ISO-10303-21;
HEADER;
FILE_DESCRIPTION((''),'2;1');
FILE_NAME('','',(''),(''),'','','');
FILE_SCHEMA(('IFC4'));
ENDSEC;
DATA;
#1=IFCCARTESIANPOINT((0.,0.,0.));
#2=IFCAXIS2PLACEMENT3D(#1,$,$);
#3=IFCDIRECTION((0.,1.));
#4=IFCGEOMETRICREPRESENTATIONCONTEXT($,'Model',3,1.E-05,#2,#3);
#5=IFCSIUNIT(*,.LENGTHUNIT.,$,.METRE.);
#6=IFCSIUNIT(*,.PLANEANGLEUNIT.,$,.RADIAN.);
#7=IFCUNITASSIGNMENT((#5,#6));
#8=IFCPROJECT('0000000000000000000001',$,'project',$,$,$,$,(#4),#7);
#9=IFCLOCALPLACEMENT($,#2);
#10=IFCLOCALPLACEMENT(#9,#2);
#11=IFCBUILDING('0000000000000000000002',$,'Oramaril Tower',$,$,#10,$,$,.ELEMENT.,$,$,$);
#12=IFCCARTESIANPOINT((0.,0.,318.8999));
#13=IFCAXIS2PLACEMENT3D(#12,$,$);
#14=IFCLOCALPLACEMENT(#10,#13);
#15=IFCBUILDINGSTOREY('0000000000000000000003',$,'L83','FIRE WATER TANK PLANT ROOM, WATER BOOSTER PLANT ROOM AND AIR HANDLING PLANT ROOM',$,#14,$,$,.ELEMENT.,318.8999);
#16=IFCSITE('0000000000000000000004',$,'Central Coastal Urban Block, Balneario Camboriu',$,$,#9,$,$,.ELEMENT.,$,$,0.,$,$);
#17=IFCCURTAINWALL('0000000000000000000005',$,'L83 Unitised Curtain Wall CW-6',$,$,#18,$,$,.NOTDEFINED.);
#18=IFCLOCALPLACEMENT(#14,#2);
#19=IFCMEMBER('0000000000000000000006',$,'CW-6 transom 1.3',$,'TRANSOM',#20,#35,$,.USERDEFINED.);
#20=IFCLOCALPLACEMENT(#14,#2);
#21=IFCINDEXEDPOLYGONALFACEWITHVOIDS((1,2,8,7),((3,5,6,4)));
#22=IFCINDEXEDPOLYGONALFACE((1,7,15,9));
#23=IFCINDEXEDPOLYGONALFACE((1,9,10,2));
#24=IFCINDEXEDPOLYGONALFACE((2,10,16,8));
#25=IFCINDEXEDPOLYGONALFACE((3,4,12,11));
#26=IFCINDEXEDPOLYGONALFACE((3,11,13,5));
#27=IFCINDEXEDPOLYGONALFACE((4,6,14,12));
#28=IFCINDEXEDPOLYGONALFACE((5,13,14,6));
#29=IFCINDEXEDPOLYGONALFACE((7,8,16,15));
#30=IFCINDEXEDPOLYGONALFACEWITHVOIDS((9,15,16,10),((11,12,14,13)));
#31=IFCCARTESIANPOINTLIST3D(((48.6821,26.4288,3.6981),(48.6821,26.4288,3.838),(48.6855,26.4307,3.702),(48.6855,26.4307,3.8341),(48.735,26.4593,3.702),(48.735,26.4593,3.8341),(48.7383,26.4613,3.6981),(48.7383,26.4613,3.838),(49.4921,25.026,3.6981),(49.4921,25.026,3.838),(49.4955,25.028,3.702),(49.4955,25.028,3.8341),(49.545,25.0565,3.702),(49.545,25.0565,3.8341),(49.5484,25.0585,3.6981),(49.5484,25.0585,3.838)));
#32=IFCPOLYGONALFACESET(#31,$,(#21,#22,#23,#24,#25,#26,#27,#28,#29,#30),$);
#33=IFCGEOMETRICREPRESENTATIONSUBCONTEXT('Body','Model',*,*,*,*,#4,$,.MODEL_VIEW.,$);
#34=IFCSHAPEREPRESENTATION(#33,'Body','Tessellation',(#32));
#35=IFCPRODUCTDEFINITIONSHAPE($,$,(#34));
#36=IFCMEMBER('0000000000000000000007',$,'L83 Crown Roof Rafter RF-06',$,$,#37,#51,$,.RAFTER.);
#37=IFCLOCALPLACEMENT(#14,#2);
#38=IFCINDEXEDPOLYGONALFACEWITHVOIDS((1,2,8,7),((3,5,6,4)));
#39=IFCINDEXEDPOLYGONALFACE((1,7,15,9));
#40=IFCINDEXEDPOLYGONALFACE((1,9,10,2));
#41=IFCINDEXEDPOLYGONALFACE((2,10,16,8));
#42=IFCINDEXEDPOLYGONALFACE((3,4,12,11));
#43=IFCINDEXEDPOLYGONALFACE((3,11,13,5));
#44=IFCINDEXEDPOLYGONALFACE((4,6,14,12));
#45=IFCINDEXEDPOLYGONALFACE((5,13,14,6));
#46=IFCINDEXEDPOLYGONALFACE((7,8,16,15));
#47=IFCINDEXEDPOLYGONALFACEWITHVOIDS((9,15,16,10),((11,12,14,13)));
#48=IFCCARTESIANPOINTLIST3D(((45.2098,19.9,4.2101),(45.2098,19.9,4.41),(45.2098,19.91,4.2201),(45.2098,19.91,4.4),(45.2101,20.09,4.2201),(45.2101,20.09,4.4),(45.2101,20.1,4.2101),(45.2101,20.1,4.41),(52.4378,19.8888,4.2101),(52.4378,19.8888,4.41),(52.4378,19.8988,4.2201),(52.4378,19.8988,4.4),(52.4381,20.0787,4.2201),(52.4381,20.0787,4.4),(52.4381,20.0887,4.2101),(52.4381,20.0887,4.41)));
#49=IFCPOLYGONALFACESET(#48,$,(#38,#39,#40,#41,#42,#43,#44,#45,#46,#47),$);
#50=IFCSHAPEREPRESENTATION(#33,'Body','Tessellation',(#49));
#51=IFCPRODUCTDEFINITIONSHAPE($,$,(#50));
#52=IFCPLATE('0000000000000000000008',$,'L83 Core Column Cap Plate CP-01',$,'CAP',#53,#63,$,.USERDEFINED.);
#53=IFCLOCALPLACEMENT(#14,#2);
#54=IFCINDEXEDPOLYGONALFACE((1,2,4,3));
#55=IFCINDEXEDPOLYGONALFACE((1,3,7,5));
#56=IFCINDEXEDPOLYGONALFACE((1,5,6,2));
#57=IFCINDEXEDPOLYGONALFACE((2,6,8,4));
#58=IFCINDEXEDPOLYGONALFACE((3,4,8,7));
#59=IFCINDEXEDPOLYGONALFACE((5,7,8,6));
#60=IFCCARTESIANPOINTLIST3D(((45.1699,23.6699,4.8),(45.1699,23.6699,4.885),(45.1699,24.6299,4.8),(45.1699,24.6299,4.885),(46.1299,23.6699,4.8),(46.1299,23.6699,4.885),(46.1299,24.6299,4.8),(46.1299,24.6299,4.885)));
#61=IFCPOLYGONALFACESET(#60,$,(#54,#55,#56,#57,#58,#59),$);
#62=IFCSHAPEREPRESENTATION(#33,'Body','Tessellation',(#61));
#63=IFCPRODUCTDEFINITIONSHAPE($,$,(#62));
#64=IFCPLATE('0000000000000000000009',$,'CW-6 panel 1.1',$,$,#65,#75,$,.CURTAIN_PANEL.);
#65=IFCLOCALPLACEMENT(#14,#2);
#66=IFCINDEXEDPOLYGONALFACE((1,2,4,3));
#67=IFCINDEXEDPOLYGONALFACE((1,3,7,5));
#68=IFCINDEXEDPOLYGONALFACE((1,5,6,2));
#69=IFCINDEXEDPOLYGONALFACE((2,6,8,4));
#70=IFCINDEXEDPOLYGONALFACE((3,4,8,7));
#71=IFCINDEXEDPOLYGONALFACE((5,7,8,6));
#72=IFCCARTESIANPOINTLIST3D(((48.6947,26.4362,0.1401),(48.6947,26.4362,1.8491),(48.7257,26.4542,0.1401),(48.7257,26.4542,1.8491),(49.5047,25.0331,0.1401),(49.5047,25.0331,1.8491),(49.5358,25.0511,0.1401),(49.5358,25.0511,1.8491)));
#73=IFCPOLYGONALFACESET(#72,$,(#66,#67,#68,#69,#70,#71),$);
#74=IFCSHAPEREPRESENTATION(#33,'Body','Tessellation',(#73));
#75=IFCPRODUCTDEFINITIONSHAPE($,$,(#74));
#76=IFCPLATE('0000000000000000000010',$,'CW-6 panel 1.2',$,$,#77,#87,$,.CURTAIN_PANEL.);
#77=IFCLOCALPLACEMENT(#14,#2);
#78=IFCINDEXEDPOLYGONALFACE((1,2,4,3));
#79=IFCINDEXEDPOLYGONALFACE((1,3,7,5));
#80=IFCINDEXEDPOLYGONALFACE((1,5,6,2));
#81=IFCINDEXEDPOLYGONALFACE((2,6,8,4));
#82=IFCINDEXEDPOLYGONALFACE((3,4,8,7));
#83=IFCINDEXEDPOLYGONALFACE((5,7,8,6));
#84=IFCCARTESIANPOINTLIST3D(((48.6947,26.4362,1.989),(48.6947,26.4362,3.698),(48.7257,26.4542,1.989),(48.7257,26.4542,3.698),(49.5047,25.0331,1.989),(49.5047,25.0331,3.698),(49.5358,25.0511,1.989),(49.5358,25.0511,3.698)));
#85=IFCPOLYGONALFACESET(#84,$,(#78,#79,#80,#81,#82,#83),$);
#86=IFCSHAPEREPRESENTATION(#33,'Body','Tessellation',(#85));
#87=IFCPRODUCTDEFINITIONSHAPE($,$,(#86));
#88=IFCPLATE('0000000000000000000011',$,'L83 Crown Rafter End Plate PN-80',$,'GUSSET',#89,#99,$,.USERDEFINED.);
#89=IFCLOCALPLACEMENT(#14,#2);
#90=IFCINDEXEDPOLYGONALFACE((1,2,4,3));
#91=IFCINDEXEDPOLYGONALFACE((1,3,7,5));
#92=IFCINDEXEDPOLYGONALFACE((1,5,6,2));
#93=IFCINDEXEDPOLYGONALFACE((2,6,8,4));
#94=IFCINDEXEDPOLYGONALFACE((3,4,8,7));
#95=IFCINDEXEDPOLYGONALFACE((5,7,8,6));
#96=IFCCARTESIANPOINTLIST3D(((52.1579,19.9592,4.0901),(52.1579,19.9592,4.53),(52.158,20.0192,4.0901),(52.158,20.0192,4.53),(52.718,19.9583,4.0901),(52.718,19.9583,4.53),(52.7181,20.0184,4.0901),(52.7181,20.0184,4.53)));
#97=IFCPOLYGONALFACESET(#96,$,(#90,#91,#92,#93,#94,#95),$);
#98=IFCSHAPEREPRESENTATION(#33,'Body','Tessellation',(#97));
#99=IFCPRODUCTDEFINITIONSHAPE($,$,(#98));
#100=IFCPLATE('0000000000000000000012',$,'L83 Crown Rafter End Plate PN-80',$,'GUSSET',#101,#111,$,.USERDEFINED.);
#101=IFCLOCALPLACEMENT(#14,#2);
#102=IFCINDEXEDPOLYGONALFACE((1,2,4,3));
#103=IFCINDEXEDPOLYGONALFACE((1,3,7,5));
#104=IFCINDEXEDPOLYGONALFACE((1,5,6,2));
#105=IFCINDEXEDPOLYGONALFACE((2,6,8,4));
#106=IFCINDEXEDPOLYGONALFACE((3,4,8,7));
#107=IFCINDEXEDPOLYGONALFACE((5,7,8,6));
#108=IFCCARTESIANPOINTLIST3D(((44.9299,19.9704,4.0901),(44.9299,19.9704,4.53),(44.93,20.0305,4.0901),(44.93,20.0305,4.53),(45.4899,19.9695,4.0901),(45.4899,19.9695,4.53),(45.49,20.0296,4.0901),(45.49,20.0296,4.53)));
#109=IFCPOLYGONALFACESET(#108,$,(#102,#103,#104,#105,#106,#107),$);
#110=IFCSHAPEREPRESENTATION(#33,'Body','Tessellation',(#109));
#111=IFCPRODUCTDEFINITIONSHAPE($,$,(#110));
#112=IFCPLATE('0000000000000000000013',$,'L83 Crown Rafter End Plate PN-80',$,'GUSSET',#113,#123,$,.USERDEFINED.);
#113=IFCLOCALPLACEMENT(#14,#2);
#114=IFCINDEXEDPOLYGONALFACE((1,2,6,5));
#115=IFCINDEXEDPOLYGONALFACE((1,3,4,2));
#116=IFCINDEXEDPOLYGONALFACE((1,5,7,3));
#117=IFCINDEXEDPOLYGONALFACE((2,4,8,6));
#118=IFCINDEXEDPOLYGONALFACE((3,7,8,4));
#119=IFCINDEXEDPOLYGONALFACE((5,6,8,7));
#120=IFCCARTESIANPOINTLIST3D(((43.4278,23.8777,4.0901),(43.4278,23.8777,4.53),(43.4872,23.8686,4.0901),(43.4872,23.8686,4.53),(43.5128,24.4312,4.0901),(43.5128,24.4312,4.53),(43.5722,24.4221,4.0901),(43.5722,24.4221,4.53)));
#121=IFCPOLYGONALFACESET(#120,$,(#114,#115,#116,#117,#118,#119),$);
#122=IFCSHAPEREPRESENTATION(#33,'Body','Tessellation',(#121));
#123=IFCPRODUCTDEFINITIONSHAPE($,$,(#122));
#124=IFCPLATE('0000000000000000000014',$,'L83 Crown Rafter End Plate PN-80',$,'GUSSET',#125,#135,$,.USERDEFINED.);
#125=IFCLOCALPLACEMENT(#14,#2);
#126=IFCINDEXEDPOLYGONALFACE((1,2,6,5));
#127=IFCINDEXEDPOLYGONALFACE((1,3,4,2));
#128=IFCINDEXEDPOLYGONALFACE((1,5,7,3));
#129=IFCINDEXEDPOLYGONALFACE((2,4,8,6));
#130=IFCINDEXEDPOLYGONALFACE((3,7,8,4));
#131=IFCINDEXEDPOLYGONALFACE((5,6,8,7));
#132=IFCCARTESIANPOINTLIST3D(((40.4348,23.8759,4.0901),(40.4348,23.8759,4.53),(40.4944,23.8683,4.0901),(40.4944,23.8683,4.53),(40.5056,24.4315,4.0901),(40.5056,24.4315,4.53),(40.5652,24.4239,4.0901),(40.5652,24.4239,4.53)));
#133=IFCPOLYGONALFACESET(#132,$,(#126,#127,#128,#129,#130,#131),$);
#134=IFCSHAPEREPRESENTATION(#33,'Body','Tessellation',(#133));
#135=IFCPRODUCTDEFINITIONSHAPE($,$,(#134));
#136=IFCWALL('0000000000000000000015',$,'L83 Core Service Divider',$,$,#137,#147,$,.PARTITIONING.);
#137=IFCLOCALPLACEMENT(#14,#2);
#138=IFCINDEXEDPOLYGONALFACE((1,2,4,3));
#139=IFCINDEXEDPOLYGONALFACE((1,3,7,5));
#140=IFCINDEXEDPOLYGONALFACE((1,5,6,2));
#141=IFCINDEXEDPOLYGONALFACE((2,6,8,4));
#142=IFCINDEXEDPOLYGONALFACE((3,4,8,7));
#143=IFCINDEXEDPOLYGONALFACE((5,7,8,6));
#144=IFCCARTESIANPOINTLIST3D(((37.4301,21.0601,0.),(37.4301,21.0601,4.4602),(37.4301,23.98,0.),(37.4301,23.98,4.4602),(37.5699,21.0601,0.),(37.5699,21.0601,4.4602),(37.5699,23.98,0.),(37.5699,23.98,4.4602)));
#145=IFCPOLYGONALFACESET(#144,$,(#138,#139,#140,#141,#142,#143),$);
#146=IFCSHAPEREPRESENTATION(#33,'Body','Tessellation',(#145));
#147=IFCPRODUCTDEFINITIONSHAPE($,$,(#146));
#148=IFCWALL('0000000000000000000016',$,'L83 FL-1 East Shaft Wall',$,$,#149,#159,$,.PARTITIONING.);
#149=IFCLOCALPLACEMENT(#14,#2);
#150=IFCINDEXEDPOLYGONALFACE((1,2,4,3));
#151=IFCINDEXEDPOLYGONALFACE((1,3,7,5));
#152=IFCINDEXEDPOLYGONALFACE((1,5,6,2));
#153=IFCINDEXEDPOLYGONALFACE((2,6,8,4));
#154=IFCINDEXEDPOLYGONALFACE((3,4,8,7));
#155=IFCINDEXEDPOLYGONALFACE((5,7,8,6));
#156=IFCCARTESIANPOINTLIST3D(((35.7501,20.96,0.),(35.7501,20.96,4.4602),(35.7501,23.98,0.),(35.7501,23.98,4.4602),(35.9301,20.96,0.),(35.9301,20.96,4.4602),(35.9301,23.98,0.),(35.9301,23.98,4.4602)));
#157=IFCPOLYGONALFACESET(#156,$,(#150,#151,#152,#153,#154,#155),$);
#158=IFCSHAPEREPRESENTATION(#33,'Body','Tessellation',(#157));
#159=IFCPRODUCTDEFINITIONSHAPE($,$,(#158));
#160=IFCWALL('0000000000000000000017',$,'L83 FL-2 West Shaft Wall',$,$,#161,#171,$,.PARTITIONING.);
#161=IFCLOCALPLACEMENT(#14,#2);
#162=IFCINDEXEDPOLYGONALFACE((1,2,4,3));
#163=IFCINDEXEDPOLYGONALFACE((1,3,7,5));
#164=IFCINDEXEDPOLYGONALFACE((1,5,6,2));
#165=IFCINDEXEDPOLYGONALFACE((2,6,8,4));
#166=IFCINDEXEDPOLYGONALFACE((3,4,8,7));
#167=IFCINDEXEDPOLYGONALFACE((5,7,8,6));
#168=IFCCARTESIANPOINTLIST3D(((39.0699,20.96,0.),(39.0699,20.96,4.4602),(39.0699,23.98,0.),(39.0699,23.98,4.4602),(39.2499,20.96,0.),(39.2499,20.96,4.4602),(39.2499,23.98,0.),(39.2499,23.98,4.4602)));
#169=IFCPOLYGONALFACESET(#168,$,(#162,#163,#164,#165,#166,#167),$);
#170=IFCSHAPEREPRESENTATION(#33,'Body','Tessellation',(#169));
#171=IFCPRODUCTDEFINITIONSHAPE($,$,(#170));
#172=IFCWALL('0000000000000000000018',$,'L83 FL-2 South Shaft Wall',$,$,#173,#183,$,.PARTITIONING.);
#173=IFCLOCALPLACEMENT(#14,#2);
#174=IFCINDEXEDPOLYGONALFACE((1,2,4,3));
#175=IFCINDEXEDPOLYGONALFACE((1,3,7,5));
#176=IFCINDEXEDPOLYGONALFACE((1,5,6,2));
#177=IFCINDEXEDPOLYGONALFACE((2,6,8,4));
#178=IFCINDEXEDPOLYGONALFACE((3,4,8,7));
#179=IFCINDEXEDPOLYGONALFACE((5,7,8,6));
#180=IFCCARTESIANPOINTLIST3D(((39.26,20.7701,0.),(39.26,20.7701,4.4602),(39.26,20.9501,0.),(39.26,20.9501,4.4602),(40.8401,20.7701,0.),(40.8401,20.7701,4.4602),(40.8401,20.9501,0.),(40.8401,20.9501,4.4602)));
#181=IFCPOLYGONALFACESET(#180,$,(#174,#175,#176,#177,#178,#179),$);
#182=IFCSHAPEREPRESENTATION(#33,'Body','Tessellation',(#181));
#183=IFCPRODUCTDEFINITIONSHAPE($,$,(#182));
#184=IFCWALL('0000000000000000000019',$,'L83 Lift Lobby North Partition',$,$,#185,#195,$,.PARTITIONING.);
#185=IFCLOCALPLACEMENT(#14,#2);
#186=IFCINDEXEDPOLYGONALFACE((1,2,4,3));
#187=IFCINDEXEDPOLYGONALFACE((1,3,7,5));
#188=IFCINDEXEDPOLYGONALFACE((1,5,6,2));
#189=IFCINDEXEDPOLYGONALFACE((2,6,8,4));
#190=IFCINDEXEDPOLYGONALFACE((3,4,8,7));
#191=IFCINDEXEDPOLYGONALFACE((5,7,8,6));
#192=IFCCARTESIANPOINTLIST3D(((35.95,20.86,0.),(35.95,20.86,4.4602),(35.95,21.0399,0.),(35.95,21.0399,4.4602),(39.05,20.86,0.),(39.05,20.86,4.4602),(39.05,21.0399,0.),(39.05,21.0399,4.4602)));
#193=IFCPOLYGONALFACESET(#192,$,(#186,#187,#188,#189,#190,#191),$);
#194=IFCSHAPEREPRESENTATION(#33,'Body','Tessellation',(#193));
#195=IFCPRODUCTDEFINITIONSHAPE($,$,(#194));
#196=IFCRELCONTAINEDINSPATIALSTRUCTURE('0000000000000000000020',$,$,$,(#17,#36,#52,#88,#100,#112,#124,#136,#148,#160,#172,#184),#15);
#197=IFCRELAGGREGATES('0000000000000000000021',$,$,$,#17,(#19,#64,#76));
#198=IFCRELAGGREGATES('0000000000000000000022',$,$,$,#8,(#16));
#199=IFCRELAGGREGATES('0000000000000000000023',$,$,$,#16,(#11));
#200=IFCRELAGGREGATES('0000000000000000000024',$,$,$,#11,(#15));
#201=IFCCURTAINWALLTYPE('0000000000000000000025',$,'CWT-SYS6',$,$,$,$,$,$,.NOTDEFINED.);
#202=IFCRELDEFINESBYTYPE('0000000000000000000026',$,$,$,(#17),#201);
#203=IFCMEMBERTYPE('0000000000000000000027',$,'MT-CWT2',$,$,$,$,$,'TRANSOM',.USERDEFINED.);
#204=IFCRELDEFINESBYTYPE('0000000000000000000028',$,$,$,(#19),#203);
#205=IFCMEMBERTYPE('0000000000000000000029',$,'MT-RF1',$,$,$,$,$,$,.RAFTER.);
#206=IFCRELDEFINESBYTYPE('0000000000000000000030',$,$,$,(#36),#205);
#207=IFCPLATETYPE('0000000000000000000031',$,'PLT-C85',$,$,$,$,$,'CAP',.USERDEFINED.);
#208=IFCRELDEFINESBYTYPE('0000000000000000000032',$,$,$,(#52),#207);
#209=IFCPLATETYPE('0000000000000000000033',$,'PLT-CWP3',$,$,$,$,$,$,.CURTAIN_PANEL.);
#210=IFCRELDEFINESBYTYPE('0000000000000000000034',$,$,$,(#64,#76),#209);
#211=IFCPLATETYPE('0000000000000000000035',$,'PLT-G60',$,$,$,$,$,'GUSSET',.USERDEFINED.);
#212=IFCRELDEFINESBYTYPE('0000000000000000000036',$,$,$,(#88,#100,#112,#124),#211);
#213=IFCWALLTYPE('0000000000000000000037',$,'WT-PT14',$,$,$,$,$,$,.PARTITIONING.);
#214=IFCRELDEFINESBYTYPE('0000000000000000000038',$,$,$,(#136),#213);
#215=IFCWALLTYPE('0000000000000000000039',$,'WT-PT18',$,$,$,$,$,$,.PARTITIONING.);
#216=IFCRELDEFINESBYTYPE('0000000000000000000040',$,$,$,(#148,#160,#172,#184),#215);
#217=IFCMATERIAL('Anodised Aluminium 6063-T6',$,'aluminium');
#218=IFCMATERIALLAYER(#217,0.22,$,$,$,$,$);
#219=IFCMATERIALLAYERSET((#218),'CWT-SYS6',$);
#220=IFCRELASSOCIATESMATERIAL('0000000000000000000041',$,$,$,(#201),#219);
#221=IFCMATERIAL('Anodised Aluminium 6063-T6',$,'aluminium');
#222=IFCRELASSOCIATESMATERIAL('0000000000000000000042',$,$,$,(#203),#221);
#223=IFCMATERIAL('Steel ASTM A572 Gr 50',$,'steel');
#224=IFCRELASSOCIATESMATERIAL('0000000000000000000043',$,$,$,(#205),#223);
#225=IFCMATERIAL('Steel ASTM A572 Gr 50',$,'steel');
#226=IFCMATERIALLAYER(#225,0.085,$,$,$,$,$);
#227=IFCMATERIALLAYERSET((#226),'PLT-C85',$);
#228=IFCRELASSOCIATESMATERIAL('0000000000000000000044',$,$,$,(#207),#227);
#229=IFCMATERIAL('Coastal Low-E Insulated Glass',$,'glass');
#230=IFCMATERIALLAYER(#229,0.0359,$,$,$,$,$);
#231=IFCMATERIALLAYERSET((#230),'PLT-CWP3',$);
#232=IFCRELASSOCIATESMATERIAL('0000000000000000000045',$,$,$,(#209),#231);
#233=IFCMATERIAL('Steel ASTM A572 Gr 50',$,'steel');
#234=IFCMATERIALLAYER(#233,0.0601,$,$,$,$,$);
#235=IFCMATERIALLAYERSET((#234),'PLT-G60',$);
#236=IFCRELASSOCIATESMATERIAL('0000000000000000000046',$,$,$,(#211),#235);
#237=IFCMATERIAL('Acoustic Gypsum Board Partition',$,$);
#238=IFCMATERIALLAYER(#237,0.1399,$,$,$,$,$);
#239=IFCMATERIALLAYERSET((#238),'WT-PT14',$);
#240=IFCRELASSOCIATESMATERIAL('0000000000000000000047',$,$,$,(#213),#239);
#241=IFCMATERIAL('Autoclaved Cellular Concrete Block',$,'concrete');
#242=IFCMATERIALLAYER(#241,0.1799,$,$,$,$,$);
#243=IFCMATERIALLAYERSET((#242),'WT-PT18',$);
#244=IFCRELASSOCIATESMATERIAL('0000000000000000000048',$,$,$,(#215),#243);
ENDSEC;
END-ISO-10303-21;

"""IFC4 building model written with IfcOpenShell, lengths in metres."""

from ifc_helpers import new_model, si_unit, direction, frame, frame_2d, origin, origin_2d, place, context, subcontext, project, spatial, rectangle, hollow_rectangle, extrude, material, layer, layer_set, material_profile, profile_set, type_object, element, aggregate, save


model = new_model("IFC4")

# Units and contexts
model_context = context("Model", 3, precision=1e-05, world=origin(), true_north=direction((0.0, 1.0)))
body_context = subcontext(model_context, "Body", "Model", "MODEL_VIEW")
ifc_project = project(units=[si_unit("LENGTHUNIT", "METRE"), si_unit("PLANEANGLEUNIT", "RADIAN")], contexts=[model_context])

# Site, building, storey
site_placement = place(None, origin())
site = spatial("IfcSite", under=ifc_project, at=site_placement, Name="Central Coastal Urban Block, Balneario Camboriu", CompositionType="ELEMENT", RefElevation=0.0)
building_placement = place(site_placement, origin())
building = spatial("IfcBuilding", under=site, at=building_placement, Name="Oramaril Tower", CompositionType="ELEMENT")
storey_placement = place(building_placement, frame((0.0, 0.0, 318.8999)))
storey = spatial("IfcBuildingStorey", under=building, at=storey_placement, Name="L83", Description="FIRE WATER TANK PLANT ROOM, WATER BOOSTER PLANT ROOM AND AIR HANDLING PLANT ROOM", CompositionType="ELEMENT", Elevation=318.8999)

# Curtain wall, member
ifc_material_1 = material(Name="Anodised Aluminium 6063-T6", Category="aluminium")
ifc_layer_1 = layer(ifc_material_1, 0.22)
ifc_layer_set_1 = layer_set([ifc_layer_1], Name="CWT-SYS6")
curtain_wall_type = type_object("IfcCurtainWallType", Name="CWT-SYS6", PredefinedType="NOTDEFINED", material=ifc_layer_set_1)
curtain_wall_placement = place(storey_placement, origin())
curtain_wall = element("IfcCurtainWall", 1, at=curtain_wall_placement, inside=storey, type_object=curtain_wall_type, Name="L83 Unitised Curtain Wall CW-6", PredefinedType="NOTDEFINED")
ifc_material_2 = material(Name="Anodised Aluminium 6063-T6", Category="aluminium")
ifc_material_profile_1 = material_profile(ifc_material_2, hollow_rectangle(XDim=0.0649, YDim=0.1399, WallThickness=0.0039, at=origin_2d()), Name="CWT140X65")
ifc_profile_set_1 = profile_set([ifc_material_profile_1], Name="Anodised Aluminium 6063-T6")
member_type_1 = type_object("IfcMemberType", Name="MT-CWT2", ElementType="TRANSOM", PredefinedType="USERDEFINED", material=ifc_profile_set_1)
member_1_placement = place(storey_placement, frame((49.5203, 25.0422, 3.7681), z_axis=(-0.500062, 0.86599, 0.0), x_axis=(-0.86599, -0.500062, 0.0)))
member_1 = element("IfcMember", 2, at=member_1_placement, type_object=member_type_1, Name="CW-6 transom 1.3", ObjectType="TRANSOM", PredefinedType="USERDEFINED", context=body_context, shape_type="SweptSolid", body=[
    extrude(hollow_rectangle(XDim=0.0649, YDim=0.1399, WallThickness=0.0039, at=origin_2d()), origin(), (0.0, 0.0, 1.0), 1.6199),
])

# Member
ifc_material_3 = material(Name="Steel ASTM A572 Gr 50", Category="steel")
ifc_material_profile_2 = material_profile(ifc_material_3, hollow_rectangle(XDim=0.2, YDim=0.2, WallThickness=0.01, at=origin_2d()), Name="HSS200X200X10")
ifc_profile_set_2 = profile_set([ifc_material_profile_2], Name="Steel ASTM A572 Gr 50")
member_type_2 = type_object("IfcMemberType", Name="MT-RF1", PredefinedType="RAFTER", material=ifc_profile_set_2)
member_2_placement = place(storey_placement, frame((52.438, 19.9888, 4.3101), z_axis=(-0.999999, 0.001554, 0.0), x_axis=(-0.001554, -0.999999, 0.0)))
element("IfcMember", 3, at=member_2_placement, inside=storey, type_object=member_type_2, Name="L83 Crown Roof Rafter RF-06", PredefinedType="RAFTER", context=body_context, shape_type="SweptSolid", body=[
    extrude(hollow_rectangle(XDim=0.2, YDim=0.2, WallThickness=0.01, at=origin_2d()), origin(), (0.0, 0.0, 1.0), 7.228),
])

# Plates
ifc_material_4 = material(Name="Steel ASTM A572 Gr 50", Category="steel")
ifc_layer_2 = layer(ifc_material_4, 0.085)
ifc_layer_set_2 = layer_set([ifc_layer_2], Name="PLT-C85")
plate_type_1 = type_object("IfcPlateType", Name="PLT-C85", ElementType="CAP", PredefinedType="USERDEFINED", material=ifc_layer_set_2)
plate_1_placement = place(storey_placement, frame((45.6499, 24.1499, 4.8), z_axis=(0.0, 0.0, 1.0), x_axis=(1.0, 0.0, 0.0)))
element("IfcPlate", 4, at=plate_1_placement, inside=storey, type_object=plate_type_1, Name="L83 Core Column Cap Plate CP-01", ObjectType="CAP", PredefinedType="USERDEFINED", context=body_context, shape_type="SweptSolid", body=[
    extrude(rectangle(XDim=0.96, YDim=0.96, at=origin_2d()), origin(), (0.0, 0.0, 1.0), 0.085),
])
ifc_material_5 = material(Name="Coastal Low-E Insulated Glass", Category="glass")
ifc_layer_3 = layer(ifc_material_5, 0.0359)
ifc_layer_set_3 = layer_set([ifc_layer_3], Name="PLT-CWP3")
plate_type_2 = type_object("IfcPlateType", Name="PLT-CWP3", PredefinedType="CURTAIN_PANEL", material=ifc_layer_set_3)
plate_2_placement = place(storey_placement, frame((49.1152, 25.7437, 0.1401), z_axis=(0.0, 0.0, 1.0), x_axis=(-0.5, 0.866025, 0.0)))
plate_2 = element("IfcPlate", 5, at=plate_2_placement, type_object=plate_type_2, Name="CW-6 panel 1.1", PredefinedType="CURTAIN_PANEL", context=body_context, shape_type="SweptSolid", body=[
    extrude(rectangle(XDim=1.6201, YDim=0.0359, at=origin_2d()), origin(), (0.0, 0.0, 1.0), 1.709),
])
plate_3_placement = place(storey_placement, frame((49.1152, 25.7437, 1.989), z_axis=(0.0, 0.0, 1.0), x_axis=(-0.5, 0.866025, 0.0)))
plate_3 = element("IfcPlate", 6, at=plate_3_placement, type_object=plate_type_2, Name="CW-6 panel 1.2", PredefinedType="CURTAIN_PANEL", context=body_context, shape_type="SweptSolid", body=[
    extrude(rectangle(XDim=1.6201, YDim=0.0359, at=origin_2d()), origin(), (0.0, 0.0, 1.0), 1.709),
])
aggregate(curtain_wall, [member_1, plate_2, plate_3])

# Plates
ifc_material_6 = material(Name="Steel ASTM A572 Gr 50", Category="steel")
ifc_layer_4 = layer(ifc_material_6, 0.0601)
ifc_layer_set_4 = layer_set([ifc_layer_4], Name="PLT-G60")
plate_type_3 = type_object("IfcPlateType", Name="PLT-G60", ElementType="GUSSET", PredefinedType="USERDEFINED", material=ifc_layer_set_4)
for number, where, z_axis, x_axis, name in (
    (7, (52.438, 19.9888, 4.0901), (0.0, 0.0, 1.0), (-0.999999, 0.001564, 0.0), "L83 Crown Rafter End Plate PN-80"),
    (8, (45.21, 20.0, 4.0901), (0.0, 0.0, 1.0), (-0.999999, 0.001564, 0.0), "L83 Crown Rafter End Plate PN-80"),
    (9, (43.5, 24.1499, 4.0901), (0.0, 0.0, 1.0), (-0.151708, -0.988425, 0.0), "L83 Crown Rafter End Plate PN-80"),
    (10, (40.5, 24.1499, 4.0901), (0.0, 0.0, 1.0), (-0.126455, -0.991972, 0.0), "L83 Crown Rafter End Plate PN-80"),
):
    element("IfcPlate", number, at=place(storey_placement, frame(where, z_axis=z_axis, x_axis=x_axis)), inside=storey, type_object=plate_type_3, Name=name, ObjectType="GUSSET", PredefinedType="USERDEFINED", context=body_context, shape_type="SweptSolid", body=[
        extrude(rectangle(XDim=0.5601, YDim=0.0601, at=origin_2d()), origin(), (0.0, 0.0, 1.0), 0.4399),
    ])

# Walls
ifc_material_7 = material(Name="Acoustic Gypsum Board Partition")
ifc_layer_5 = layer(ifc_material_7, 0.1399)
ifc_layer_set_5 = layer_set([ifc_layer_5], Name="WT-PT14")
wall_type_1 = type_object("IfcWallType", Name="WT-PT14", PredefinedType="PARTITIONING", material=ifc_layer_set_5)
wall_1_placement = place(storey_placement, frame((37.5, 21.0601, 0.0), z_axis=(0.0, 0.0, 1.0), x_axis=(0.0, 1.0, 0.0)))
element("IfcWall", 11, at=wall_1_placement, inside=storey, type_object=wall_type_1, Name="L83 Core Service Divider", PredefinedType="PARTITIONING", context=body_context, shape_type="SweptSolid", body=[
    extrude(rectangle(XDim=2.9199, YDim=0.1399, at=frame_2d((1.46, 0.0))), origin(), (0.0, 0.0, 1.0), 4.4602),
])
ifc_material_8 = material(Name="Autoclaved Cellular Concrete Block", Category="concrete")
ifc_layer_6 = layer(ifc_material_8, 0.1799)
ifc_layer_set_6 = layer_set([ifc_layer_6], Name="WT-PT18")
wall_type_2 = type_object("IfcWallType", Name="WT-PT18", PredefinedType="PARTITIONING", material=ifc_layer_set_6)
for number, where, z_axis, x_axis, name in (
    (12, (35.8401, 20.96, 0.0), (0.0, 0.0, 1.0), (0.0, 1.0, 0.0), "L83 FL-1 East Shaft Wall"),
    (13, (39.1599, 20.96, 0.0), (0.0, 0.0, 1.0), (0.0, 1.0, 0.0), "L83 FL-2 West Shaft Wall"),
):
    element("IfcWall", number, at=place(storey_placement, frame(where, z_axis=z_axis, x_axis=x_axis)), inside=storey, type_object=wall_type_2, Name=name, PredefinedType="PARTITIONING", context=body_context, shape_type="SweptSolid", body=[
        extrude(rectangle(XDim=3.02, YDim=0.1799, at=frame_2d((1.51, 0.0))), origin(), (0.0, 0.0, 1.0), 4.4602),
    ])
wall_2_placement = place(storey_placement, frame((39.26, 20.8601, 0.0), z_axis=(0.0, 0.0, 1.0), x_axis=(1.0, 0.0, 0.0)))
element("IfcWall", 14, at=wall_2_placement, inside=storey, type_object=wall_type_2, Name="L83 FL-2 South Shaft Wall", PredefinedType="PARTITIONING", context=body_context, shape_type="SweptSolid", body=[
    extrude(rectangle(XDim=1.5801, YDim=0.1799, at=frame_2d((0.79, 0.0))), origin(), (0.0, 0.0, 1.0), 4.4602),
])
wall_3_placement = place(storey_placement, frame((35.95, 20.95, 0.0), z_axis=(0.0, 0.0, 1.0), x_axis=(1.0, 0.0, 0.0)))
element("IfcWall", 15, at=wall_3_placement, inside=storey, type_object=wall_type_2, Name="L83 Lift Lobby North Partition", PredefinedType="PARTITIONING", context=body_context, shape_type="SweptSolid", body=[
    extrude(rectangle(XDim=3.1001, YDim=0.1799, at=frame_2d((1.55, 0.0))), origin(), (0.0, 0.0, 1.0), 4.4602),
])

save(model, "model.ifc")
